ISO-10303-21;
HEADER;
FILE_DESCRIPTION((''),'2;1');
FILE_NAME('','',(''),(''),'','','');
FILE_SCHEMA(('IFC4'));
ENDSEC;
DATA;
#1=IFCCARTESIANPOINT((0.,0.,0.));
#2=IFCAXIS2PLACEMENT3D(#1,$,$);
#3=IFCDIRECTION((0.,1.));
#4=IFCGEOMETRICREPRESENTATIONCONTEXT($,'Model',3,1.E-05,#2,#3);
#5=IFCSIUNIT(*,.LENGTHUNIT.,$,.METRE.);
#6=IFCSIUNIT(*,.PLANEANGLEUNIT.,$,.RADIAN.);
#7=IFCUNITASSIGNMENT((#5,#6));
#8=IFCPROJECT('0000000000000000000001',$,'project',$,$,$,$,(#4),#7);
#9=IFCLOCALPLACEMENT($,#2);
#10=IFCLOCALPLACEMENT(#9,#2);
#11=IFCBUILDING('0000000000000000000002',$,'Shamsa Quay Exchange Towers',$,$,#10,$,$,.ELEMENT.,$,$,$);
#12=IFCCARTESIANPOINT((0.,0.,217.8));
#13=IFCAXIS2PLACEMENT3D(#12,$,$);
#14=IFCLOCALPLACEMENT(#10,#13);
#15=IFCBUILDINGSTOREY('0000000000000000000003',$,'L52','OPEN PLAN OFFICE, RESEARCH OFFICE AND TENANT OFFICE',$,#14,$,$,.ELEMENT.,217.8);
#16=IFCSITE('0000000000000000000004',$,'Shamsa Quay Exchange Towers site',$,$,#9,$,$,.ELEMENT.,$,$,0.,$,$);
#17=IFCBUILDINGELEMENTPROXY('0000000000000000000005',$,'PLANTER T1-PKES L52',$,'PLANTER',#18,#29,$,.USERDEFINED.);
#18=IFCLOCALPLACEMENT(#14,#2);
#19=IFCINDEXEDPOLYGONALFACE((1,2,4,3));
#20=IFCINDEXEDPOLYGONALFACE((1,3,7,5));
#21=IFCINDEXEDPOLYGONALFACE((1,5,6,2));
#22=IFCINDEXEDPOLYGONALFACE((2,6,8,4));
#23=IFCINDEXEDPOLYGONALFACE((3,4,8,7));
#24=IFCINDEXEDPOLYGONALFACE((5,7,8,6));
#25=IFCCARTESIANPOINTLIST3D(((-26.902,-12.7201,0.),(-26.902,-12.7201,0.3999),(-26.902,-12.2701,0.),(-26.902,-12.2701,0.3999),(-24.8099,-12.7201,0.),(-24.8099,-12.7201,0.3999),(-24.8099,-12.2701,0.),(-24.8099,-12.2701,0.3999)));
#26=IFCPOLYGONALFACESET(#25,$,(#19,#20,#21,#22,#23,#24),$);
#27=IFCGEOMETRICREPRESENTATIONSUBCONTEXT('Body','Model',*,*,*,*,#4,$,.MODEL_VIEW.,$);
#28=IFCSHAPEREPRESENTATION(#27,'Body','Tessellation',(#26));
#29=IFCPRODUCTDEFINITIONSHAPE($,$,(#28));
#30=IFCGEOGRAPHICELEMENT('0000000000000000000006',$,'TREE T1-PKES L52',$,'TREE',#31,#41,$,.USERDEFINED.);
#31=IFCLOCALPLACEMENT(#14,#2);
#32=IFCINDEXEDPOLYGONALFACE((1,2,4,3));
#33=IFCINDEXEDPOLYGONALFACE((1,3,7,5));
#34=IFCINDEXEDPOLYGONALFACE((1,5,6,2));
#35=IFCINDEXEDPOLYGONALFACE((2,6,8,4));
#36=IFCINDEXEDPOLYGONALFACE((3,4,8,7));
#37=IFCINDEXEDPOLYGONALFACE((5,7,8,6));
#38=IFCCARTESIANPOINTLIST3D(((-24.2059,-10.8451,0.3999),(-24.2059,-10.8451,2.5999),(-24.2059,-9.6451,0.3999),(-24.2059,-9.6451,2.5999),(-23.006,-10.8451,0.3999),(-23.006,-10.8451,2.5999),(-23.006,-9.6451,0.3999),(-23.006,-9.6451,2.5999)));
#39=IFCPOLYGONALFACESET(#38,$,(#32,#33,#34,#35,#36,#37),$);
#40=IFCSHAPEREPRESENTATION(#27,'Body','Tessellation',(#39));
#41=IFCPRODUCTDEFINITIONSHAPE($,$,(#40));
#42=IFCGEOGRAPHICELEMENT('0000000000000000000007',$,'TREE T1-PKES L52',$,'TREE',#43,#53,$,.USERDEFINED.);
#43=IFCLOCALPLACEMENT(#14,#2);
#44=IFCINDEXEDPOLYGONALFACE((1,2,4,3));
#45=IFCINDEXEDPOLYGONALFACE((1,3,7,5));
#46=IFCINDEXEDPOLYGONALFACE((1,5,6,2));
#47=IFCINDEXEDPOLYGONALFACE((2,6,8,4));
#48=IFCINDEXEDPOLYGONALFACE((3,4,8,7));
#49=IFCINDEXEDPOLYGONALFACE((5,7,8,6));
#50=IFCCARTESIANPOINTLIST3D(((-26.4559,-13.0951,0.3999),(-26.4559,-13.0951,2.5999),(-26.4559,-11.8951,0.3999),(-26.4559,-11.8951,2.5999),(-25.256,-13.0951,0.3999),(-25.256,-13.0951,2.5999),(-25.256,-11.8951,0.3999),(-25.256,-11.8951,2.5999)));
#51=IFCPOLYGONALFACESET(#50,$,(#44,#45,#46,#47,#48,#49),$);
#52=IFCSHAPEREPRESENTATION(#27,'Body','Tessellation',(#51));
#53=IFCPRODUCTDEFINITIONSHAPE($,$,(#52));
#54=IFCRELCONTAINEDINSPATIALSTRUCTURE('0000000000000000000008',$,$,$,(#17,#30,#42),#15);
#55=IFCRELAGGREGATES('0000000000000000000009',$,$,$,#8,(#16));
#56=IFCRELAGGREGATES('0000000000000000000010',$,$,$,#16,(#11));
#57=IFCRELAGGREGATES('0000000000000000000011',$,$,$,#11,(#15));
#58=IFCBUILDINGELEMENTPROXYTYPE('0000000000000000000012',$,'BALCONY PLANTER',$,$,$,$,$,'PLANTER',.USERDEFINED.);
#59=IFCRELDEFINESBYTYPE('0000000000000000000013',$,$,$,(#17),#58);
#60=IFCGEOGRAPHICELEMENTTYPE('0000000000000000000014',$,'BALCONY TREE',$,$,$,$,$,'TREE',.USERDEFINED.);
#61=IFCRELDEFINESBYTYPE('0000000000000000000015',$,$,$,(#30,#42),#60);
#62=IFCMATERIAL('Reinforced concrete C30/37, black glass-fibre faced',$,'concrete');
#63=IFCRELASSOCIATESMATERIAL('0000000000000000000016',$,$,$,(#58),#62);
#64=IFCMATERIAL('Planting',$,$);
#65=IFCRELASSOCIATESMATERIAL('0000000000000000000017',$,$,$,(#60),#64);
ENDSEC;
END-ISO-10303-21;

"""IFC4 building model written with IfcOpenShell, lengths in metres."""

from ifc_helpers import new_model, si_unit, direction, frame, origin, origin_2d, place, context, subcontext, project, spatial, rectangle, extrude, material, type_object, element, save


model = new_model("IFC4")

# Units and contexts
model_context = context("Model", 3, precision=1e-05, world=origin(), true_north=direction((0.0, 1.0)))
body_context = subcontext(model_context, "Body", "Model", "MODEL_VIEW")
ifc_project = project(units=[si_unit("LENGTHUNIT", "METRE"), si_unit("PLANEANGLEUNIT", "RADIAN")], contexts=[model_context])

# Site, building, storey
site_placement = place(None, origin())
site = spatial("IfcSite", under=ifc_project, at=site_placement, Name="Shamsa Quay Exchange Towers site", CompositionType="ELEMENT", RefElevation=0.0)
building_placement = place(site_placement, origin())
building = spatial("IfcBuilding", under=site, at=building_placement, Name="Shamsa Quay Exchange Towers", CompositionType="ELEMENT")
storey_placement = place(building_placement, frame((0.0, 0.0, 217.8)))
storey = spatial("IfcBuildingStorey", under=building, at=storey_placement, Name="L52", Description="OPEN PLAN OFFICE, RESEARCH OFFICE AND TENANT OFFICE", CompositionType="ELEMENT", Elevation=217.8)

# Building element proxy
ifc_material_1 = material(Name="Reinforced concrete C30/37, black glass-fibre faced", Category="concrete")
building_element_proxy_type = type_object("IfcBuildingElementProxyType", Name="BALCONY PLANTER", ElementType="PLANTER", PredefinedType="USERDEFINED", material=ifc_material_1)
for number, where, name in (
    (1, (-25.856, -12.4951, 0.0), "PLANTER T1-PKES L52"),
):
    element("IfcBuildingElementProxy", number, at=place(storey_placement, frame(where)), inside=storey, type_object=building_element_proxy_type, Name=name, ObjectType="PLANTER", PredefinedType="USERDEFINED", context=body_context, shape_type="SweptSolid", body=[
        extrude(rectangle(XDim=2.092, YDim=0.45, at=origin_2d()), origin(), (0.0, 0.0, 1.0), 0.3999),
    ])

# Geographic elements
ifc_material_2 = material(Name="Planting")
geographic_element_type = type_object("IfcGeographicElementType", Name="BALCONY TREE", ElementType="TREE", PredefinedType="USERDEFINED", material=ifc_material_2)
for number, where, name in (
    (2, (-23.606, -10.2451, 0.3999), "TREE T1-PKES L52"),
    (3, (-25.856, -12.4951, 0.3999), "TREE T1-PKES L52"),
):
    element("IfcGeographicElement", number, at=place(storey_placement, frame(where)), inside=storey, type_object=geographic_element_type, Name=name, ObjectType="TREE", PredefinedType="USERDEFINED", context=body_context, shape_type="SweptSolid", body=[
        extrude(rectangle(XDim=1.2, YDim=1.2, at=origin_2d()), origin(), (0.0, 0.0, 1.0), 2.2),
    ])

save(model, "model.ifc")
